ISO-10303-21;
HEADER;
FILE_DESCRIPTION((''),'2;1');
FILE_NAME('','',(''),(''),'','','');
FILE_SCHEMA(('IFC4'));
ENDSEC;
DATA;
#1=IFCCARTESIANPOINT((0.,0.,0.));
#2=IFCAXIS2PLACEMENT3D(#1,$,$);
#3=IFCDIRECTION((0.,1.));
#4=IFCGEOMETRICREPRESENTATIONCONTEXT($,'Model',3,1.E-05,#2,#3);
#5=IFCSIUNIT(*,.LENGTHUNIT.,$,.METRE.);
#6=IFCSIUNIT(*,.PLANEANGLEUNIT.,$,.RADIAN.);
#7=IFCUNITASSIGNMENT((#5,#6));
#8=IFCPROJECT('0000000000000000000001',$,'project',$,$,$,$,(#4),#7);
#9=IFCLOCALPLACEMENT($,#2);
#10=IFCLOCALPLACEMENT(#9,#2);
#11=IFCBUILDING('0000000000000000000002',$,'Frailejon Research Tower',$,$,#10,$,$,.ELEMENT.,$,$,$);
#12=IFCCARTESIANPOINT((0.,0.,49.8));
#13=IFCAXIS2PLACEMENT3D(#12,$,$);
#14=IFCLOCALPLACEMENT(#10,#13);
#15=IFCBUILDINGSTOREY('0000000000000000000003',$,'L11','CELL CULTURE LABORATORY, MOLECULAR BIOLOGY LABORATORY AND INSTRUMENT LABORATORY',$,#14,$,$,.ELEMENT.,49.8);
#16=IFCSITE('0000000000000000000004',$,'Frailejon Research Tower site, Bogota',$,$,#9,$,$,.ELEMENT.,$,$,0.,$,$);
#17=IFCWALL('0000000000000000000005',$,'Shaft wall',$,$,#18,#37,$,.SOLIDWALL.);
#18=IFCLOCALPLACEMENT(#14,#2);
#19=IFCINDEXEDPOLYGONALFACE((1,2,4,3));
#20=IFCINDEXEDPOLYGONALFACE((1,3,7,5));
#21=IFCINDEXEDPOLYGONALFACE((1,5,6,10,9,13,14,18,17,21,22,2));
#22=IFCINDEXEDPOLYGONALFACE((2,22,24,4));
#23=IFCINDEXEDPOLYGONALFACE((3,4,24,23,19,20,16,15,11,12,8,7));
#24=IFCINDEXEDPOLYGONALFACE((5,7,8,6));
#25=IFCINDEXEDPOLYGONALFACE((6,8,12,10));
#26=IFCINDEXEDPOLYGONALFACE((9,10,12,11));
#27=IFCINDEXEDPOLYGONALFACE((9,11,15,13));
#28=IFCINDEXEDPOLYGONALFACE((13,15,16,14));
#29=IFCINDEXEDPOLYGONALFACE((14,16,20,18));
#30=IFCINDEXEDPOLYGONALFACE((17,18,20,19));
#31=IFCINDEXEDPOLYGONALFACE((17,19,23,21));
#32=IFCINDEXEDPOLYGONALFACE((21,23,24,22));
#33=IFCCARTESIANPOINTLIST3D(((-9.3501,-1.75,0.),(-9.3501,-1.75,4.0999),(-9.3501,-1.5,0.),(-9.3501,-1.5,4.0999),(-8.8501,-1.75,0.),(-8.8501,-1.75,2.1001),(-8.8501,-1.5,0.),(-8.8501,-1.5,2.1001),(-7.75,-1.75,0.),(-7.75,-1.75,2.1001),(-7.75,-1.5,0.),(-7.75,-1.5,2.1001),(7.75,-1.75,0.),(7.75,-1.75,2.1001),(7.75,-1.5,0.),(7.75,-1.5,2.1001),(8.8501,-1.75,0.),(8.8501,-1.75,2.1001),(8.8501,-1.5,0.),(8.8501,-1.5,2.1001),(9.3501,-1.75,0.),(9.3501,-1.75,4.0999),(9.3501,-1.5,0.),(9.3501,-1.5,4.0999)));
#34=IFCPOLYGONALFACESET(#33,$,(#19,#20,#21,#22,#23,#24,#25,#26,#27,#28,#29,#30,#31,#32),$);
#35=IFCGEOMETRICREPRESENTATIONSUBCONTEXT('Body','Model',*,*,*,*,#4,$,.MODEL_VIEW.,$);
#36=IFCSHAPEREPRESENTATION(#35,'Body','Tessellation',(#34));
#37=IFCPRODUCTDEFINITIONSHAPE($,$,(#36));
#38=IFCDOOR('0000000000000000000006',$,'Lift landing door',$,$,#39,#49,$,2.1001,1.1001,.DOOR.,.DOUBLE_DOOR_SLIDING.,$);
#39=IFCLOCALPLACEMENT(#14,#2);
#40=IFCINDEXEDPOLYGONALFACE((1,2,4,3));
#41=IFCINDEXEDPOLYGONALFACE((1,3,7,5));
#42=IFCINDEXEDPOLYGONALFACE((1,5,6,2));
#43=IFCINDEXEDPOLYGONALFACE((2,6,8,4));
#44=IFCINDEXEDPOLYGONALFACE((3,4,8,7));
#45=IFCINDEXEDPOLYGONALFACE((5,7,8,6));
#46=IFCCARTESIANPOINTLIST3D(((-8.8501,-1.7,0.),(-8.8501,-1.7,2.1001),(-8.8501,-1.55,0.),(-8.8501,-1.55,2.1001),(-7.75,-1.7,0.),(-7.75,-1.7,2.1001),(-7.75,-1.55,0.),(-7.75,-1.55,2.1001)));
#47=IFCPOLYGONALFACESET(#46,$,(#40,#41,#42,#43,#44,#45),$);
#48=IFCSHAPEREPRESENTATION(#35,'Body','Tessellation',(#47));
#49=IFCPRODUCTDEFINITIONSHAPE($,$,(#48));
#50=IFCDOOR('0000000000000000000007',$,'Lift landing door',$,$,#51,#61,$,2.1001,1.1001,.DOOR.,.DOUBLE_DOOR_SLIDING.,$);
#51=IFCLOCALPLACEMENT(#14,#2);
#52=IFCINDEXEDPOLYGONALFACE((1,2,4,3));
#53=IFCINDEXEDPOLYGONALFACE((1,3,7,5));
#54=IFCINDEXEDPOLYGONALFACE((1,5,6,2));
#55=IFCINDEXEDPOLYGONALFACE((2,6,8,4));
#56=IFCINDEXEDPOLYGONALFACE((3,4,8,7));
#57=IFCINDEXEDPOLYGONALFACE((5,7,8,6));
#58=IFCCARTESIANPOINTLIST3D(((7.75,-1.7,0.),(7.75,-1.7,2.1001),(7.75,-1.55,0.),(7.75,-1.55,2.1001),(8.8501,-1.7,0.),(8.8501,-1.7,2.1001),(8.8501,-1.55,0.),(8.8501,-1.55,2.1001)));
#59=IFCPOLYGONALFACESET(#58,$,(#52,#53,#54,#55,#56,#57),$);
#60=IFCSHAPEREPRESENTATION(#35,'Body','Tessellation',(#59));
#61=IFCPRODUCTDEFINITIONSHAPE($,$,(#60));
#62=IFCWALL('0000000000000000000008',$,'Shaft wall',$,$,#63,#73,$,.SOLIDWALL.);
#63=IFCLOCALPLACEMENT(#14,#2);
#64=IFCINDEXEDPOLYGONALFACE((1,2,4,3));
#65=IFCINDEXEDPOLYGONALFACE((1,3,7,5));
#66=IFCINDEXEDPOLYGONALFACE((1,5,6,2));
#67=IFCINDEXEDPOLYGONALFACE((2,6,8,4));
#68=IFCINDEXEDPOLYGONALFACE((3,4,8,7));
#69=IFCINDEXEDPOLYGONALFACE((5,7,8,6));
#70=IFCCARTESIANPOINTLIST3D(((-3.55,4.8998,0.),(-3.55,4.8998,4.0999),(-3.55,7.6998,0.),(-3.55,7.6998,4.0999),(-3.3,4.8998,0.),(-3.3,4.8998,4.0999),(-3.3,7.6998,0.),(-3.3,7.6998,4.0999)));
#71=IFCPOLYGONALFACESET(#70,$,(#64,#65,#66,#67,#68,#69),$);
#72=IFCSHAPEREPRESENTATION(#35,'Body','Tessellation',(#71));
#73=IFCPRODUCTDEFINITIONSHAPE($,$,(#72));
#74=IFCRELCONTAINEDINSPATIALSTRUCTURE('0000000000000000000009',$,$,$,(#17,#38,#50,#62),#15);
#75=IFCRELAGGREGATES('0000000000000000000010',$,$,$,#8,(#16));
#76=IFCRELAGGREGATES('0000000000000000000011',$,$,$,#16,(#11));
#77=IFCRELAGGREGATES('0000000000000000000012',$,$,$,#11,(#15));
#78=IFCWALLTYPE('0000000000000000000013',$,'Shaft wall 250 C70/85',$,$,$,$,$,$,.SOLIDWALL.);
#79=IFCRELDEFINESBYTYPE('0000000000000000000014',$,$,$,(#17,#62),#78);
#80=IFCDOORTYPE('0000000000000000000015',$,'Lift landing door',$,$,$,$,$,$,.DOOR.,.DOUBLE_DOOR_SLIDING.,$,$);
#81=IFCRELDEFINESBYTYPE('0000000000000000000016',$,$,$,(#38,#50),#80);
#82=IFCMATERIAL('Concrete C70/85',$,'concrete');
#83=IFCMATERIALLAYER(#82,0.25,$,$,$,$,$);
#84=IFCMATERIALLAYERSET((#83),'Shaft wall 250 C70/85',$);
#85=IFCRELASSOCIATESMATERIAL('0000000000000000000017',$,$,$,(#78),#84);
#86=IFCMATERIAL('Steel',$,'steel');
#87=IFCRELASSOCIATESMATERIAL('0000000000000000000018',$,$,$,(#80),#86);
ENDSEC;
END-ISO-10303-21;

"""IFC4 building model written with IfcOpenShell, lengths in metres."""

from ifc_helpers import new_model, si_unit, direction, frame, frame_2d, origin, place, context, subcontext, project, spatial, rectangle, extrude, material, layer, layer_set, type_object, element, fill, save


model = new_model("IFC4")

# Units and contexts
model_context = context("Model", 3, precision=1e-05, world=origin(), true_north=direction((0.0, 1.0)))
body_context = subcontext(model_context, "Body", "Model", "MODEL_VIEW")
ifc_project = project(units=[si_unit("LENGTHUNIT", "METRE"), si_unit("PLANEANGLEUNIT", "RADIAN")], contexts=[model_context])

# Site, building, storey
site_placement = place(None, origin())
site = spatial("IfcSite", under=ifc_project, at=site_placement, Name="Frailejon Research Tower site, Bogota", CompositionType="ELEMENT", RefElevation=0.0)
building_placement = place(site_placement, origin())
building = spatial("IfcBuilding", under=site, at=building_placement, Name="Frailejon Research Tower", CompositionType="ELEMENT")
storey_placement = place(building_placement, frame((0.0, 0.0, 49.8)))
storey = spatial("IfcBuildingStorey", under=building, at=storey_placement, Name="L11", Description="CELL CULTURE LABORATORY, MOLECULAR BIOLOGY LABORATORY AND INSTRUMENT LABORATORY", CompositionType="ELEMENT", Elevation=49.8)

# Shared definitions
ifc_material_1 = material(Name="Concrete C70/85", Category="concrete")
ifc_layer_1 = layer(ifc_material_1, 0.25)
ifc_layer_set_1 = layer_set([ifc_layer_1], Name="Shaft wall 250 C70/85")
wall_type_1 = type_object("IfcWallType", Name="Shaft wall 250 C70/85", PredefinedType="SOLIDWALL", material=ifc_layer_set_1)
ifc_material_2 = material(Name="Steel", Category="steel")
door_type = type_object("IfcDoorType", Name="Lift landing door", OperationType="DOUBLE_DOOR_SLIDING", PredefinedType="DOOR", material=ifc_material_2)

# Wall, openings, doors
wall_1_placement = place(storey_placement, frame((-9.3501, -1.625, 0.0), z_axis=(0.0, 0.0, 1.0), x_axis=(1.0, 0.0, 0.0)))
wall_1 = element("IfcWall", 1, at=wall_1_placement, inside=storey, type_object=wall_type_1, Name="Shaft wall", PredefinedType="SOLIDWALL", context=body_context, shape_type="SweptSolid", body=[
    extrude(rectangle(XDim=18.7002, YDim=0.25, at=frame_2d((9.3501, 0.0))), origin(), (0.0, 0.0, 1.0), 4.0999),
])
opening_1_placement = place(wall_1_placement, frame((0.5, 0.0, 0.0)))
opening_1 = element("IfcOpeningElement", 2, at=opening_1_placement, cuts=wall_1, PredefinedType="OPENING", context=body_context, shape_type="SweptSolid", body=[
    extrude(rectangle(XDim=1.1001, YDim=2.1001, at=frame_2d((0.55, 1.05))), frame((0.0, 0.135, 0.0), z_axis=(0.0, -1.0, 0.0), x_axis=(1.0, 0.0, 0.0)), (0.0, 0.0, 1.0), 0.27),
])
opening_2_placement = place(wall_1_placement, frame((17.1001, 0.0, 0.0)))
opening_2 = element("IfcOpeningElement", 3, at=opening_2_placement, cuts=wall_1, PredefinedType="OPENING", context=body_context, shape_type="SweptSolid", body=[
    extrude(rectangle(XDim=1.1001, YDim=2.1001, at=frame_2d((0.55, 1.05))), frame((0.0, 0.135, 0.0), z_axis=(0.0, -1.0, 0.0), x_axis=(1.0, 0.0, 0.0)), (0.0, 0.0, 1.0), 0.27),
])
door_1_placement = place(opening_1_placement, origin())
door_1 = element("IfcDoor", 4, at=door_1_placement, inside=storey, type_object=door_type, Name="Lift landing door", OperationType="DOUBLE_DOOR_SLIDING", OverallHeight=2.1001, OverallWidth=1.1001, PredefinedType="DOOR", context=body_context, shape_type="SweptSolid", body=[
    extrude(rectangle(XDim=1.1001, YDim=2.1001, at=frame_2d((0.55, 1.05))), frame((0.0, 0.075, 0.0), z_axis=(0.0, -1.0, 0.0), x_axis=(1.0, 0.0, 0.0)), (0.0, 0.0, 1.0), 0.1499),
])
fill(opening_1, door_1)
door_2_placement = place(opening_2_placement, origin())
door_2 = element("IfcDoor", 5, at=door_2_placement, inside=storey, type_object=door_type, Name="Lift landing door", OperationType="DOUBLE_DOOR_SLIDING", OverallHeight=2.1001, OverallWidth=1.1001, PredefinedType="DOOR", context=body_context, shape_type="SweptSolid", body=[
    extrude(rectangle(XDim=1.1001, YDim=2.1001, at=frame_2d((0.55, 1.05))), frame((0.0, 0.075, 0.0), z_axis=(0.0, -1.0, 0.0), x_axis=(1.0, 0.0, 0.0)), (0.0, 0.0, 1.0), 0.1499),
])
fill(opening_2, door_2)

# Wall
wall_2_placement = place(storey_placement, frame((-3.425, 4.8999, 0.0), z_axis=(0.0, 0.0, 1.0), x_axis=(0.0, 1.0, 0.0)))
element("IfcWall", 6, at=wall_2_placement, inside=storey, type_object=wall_type_1, Name="Shaft wall", PredefinedType="SOLIDWALL", context=body_context, shape_type="SweptSolid", body=[
    extrude(rectangle(XDim=2.8, YDim=0.25, at=frame_2d((1.3999, 0.0))), origin(), (0.0, 0.0, 1.0), 4.0999),
])

save(model, "model.ifc")
